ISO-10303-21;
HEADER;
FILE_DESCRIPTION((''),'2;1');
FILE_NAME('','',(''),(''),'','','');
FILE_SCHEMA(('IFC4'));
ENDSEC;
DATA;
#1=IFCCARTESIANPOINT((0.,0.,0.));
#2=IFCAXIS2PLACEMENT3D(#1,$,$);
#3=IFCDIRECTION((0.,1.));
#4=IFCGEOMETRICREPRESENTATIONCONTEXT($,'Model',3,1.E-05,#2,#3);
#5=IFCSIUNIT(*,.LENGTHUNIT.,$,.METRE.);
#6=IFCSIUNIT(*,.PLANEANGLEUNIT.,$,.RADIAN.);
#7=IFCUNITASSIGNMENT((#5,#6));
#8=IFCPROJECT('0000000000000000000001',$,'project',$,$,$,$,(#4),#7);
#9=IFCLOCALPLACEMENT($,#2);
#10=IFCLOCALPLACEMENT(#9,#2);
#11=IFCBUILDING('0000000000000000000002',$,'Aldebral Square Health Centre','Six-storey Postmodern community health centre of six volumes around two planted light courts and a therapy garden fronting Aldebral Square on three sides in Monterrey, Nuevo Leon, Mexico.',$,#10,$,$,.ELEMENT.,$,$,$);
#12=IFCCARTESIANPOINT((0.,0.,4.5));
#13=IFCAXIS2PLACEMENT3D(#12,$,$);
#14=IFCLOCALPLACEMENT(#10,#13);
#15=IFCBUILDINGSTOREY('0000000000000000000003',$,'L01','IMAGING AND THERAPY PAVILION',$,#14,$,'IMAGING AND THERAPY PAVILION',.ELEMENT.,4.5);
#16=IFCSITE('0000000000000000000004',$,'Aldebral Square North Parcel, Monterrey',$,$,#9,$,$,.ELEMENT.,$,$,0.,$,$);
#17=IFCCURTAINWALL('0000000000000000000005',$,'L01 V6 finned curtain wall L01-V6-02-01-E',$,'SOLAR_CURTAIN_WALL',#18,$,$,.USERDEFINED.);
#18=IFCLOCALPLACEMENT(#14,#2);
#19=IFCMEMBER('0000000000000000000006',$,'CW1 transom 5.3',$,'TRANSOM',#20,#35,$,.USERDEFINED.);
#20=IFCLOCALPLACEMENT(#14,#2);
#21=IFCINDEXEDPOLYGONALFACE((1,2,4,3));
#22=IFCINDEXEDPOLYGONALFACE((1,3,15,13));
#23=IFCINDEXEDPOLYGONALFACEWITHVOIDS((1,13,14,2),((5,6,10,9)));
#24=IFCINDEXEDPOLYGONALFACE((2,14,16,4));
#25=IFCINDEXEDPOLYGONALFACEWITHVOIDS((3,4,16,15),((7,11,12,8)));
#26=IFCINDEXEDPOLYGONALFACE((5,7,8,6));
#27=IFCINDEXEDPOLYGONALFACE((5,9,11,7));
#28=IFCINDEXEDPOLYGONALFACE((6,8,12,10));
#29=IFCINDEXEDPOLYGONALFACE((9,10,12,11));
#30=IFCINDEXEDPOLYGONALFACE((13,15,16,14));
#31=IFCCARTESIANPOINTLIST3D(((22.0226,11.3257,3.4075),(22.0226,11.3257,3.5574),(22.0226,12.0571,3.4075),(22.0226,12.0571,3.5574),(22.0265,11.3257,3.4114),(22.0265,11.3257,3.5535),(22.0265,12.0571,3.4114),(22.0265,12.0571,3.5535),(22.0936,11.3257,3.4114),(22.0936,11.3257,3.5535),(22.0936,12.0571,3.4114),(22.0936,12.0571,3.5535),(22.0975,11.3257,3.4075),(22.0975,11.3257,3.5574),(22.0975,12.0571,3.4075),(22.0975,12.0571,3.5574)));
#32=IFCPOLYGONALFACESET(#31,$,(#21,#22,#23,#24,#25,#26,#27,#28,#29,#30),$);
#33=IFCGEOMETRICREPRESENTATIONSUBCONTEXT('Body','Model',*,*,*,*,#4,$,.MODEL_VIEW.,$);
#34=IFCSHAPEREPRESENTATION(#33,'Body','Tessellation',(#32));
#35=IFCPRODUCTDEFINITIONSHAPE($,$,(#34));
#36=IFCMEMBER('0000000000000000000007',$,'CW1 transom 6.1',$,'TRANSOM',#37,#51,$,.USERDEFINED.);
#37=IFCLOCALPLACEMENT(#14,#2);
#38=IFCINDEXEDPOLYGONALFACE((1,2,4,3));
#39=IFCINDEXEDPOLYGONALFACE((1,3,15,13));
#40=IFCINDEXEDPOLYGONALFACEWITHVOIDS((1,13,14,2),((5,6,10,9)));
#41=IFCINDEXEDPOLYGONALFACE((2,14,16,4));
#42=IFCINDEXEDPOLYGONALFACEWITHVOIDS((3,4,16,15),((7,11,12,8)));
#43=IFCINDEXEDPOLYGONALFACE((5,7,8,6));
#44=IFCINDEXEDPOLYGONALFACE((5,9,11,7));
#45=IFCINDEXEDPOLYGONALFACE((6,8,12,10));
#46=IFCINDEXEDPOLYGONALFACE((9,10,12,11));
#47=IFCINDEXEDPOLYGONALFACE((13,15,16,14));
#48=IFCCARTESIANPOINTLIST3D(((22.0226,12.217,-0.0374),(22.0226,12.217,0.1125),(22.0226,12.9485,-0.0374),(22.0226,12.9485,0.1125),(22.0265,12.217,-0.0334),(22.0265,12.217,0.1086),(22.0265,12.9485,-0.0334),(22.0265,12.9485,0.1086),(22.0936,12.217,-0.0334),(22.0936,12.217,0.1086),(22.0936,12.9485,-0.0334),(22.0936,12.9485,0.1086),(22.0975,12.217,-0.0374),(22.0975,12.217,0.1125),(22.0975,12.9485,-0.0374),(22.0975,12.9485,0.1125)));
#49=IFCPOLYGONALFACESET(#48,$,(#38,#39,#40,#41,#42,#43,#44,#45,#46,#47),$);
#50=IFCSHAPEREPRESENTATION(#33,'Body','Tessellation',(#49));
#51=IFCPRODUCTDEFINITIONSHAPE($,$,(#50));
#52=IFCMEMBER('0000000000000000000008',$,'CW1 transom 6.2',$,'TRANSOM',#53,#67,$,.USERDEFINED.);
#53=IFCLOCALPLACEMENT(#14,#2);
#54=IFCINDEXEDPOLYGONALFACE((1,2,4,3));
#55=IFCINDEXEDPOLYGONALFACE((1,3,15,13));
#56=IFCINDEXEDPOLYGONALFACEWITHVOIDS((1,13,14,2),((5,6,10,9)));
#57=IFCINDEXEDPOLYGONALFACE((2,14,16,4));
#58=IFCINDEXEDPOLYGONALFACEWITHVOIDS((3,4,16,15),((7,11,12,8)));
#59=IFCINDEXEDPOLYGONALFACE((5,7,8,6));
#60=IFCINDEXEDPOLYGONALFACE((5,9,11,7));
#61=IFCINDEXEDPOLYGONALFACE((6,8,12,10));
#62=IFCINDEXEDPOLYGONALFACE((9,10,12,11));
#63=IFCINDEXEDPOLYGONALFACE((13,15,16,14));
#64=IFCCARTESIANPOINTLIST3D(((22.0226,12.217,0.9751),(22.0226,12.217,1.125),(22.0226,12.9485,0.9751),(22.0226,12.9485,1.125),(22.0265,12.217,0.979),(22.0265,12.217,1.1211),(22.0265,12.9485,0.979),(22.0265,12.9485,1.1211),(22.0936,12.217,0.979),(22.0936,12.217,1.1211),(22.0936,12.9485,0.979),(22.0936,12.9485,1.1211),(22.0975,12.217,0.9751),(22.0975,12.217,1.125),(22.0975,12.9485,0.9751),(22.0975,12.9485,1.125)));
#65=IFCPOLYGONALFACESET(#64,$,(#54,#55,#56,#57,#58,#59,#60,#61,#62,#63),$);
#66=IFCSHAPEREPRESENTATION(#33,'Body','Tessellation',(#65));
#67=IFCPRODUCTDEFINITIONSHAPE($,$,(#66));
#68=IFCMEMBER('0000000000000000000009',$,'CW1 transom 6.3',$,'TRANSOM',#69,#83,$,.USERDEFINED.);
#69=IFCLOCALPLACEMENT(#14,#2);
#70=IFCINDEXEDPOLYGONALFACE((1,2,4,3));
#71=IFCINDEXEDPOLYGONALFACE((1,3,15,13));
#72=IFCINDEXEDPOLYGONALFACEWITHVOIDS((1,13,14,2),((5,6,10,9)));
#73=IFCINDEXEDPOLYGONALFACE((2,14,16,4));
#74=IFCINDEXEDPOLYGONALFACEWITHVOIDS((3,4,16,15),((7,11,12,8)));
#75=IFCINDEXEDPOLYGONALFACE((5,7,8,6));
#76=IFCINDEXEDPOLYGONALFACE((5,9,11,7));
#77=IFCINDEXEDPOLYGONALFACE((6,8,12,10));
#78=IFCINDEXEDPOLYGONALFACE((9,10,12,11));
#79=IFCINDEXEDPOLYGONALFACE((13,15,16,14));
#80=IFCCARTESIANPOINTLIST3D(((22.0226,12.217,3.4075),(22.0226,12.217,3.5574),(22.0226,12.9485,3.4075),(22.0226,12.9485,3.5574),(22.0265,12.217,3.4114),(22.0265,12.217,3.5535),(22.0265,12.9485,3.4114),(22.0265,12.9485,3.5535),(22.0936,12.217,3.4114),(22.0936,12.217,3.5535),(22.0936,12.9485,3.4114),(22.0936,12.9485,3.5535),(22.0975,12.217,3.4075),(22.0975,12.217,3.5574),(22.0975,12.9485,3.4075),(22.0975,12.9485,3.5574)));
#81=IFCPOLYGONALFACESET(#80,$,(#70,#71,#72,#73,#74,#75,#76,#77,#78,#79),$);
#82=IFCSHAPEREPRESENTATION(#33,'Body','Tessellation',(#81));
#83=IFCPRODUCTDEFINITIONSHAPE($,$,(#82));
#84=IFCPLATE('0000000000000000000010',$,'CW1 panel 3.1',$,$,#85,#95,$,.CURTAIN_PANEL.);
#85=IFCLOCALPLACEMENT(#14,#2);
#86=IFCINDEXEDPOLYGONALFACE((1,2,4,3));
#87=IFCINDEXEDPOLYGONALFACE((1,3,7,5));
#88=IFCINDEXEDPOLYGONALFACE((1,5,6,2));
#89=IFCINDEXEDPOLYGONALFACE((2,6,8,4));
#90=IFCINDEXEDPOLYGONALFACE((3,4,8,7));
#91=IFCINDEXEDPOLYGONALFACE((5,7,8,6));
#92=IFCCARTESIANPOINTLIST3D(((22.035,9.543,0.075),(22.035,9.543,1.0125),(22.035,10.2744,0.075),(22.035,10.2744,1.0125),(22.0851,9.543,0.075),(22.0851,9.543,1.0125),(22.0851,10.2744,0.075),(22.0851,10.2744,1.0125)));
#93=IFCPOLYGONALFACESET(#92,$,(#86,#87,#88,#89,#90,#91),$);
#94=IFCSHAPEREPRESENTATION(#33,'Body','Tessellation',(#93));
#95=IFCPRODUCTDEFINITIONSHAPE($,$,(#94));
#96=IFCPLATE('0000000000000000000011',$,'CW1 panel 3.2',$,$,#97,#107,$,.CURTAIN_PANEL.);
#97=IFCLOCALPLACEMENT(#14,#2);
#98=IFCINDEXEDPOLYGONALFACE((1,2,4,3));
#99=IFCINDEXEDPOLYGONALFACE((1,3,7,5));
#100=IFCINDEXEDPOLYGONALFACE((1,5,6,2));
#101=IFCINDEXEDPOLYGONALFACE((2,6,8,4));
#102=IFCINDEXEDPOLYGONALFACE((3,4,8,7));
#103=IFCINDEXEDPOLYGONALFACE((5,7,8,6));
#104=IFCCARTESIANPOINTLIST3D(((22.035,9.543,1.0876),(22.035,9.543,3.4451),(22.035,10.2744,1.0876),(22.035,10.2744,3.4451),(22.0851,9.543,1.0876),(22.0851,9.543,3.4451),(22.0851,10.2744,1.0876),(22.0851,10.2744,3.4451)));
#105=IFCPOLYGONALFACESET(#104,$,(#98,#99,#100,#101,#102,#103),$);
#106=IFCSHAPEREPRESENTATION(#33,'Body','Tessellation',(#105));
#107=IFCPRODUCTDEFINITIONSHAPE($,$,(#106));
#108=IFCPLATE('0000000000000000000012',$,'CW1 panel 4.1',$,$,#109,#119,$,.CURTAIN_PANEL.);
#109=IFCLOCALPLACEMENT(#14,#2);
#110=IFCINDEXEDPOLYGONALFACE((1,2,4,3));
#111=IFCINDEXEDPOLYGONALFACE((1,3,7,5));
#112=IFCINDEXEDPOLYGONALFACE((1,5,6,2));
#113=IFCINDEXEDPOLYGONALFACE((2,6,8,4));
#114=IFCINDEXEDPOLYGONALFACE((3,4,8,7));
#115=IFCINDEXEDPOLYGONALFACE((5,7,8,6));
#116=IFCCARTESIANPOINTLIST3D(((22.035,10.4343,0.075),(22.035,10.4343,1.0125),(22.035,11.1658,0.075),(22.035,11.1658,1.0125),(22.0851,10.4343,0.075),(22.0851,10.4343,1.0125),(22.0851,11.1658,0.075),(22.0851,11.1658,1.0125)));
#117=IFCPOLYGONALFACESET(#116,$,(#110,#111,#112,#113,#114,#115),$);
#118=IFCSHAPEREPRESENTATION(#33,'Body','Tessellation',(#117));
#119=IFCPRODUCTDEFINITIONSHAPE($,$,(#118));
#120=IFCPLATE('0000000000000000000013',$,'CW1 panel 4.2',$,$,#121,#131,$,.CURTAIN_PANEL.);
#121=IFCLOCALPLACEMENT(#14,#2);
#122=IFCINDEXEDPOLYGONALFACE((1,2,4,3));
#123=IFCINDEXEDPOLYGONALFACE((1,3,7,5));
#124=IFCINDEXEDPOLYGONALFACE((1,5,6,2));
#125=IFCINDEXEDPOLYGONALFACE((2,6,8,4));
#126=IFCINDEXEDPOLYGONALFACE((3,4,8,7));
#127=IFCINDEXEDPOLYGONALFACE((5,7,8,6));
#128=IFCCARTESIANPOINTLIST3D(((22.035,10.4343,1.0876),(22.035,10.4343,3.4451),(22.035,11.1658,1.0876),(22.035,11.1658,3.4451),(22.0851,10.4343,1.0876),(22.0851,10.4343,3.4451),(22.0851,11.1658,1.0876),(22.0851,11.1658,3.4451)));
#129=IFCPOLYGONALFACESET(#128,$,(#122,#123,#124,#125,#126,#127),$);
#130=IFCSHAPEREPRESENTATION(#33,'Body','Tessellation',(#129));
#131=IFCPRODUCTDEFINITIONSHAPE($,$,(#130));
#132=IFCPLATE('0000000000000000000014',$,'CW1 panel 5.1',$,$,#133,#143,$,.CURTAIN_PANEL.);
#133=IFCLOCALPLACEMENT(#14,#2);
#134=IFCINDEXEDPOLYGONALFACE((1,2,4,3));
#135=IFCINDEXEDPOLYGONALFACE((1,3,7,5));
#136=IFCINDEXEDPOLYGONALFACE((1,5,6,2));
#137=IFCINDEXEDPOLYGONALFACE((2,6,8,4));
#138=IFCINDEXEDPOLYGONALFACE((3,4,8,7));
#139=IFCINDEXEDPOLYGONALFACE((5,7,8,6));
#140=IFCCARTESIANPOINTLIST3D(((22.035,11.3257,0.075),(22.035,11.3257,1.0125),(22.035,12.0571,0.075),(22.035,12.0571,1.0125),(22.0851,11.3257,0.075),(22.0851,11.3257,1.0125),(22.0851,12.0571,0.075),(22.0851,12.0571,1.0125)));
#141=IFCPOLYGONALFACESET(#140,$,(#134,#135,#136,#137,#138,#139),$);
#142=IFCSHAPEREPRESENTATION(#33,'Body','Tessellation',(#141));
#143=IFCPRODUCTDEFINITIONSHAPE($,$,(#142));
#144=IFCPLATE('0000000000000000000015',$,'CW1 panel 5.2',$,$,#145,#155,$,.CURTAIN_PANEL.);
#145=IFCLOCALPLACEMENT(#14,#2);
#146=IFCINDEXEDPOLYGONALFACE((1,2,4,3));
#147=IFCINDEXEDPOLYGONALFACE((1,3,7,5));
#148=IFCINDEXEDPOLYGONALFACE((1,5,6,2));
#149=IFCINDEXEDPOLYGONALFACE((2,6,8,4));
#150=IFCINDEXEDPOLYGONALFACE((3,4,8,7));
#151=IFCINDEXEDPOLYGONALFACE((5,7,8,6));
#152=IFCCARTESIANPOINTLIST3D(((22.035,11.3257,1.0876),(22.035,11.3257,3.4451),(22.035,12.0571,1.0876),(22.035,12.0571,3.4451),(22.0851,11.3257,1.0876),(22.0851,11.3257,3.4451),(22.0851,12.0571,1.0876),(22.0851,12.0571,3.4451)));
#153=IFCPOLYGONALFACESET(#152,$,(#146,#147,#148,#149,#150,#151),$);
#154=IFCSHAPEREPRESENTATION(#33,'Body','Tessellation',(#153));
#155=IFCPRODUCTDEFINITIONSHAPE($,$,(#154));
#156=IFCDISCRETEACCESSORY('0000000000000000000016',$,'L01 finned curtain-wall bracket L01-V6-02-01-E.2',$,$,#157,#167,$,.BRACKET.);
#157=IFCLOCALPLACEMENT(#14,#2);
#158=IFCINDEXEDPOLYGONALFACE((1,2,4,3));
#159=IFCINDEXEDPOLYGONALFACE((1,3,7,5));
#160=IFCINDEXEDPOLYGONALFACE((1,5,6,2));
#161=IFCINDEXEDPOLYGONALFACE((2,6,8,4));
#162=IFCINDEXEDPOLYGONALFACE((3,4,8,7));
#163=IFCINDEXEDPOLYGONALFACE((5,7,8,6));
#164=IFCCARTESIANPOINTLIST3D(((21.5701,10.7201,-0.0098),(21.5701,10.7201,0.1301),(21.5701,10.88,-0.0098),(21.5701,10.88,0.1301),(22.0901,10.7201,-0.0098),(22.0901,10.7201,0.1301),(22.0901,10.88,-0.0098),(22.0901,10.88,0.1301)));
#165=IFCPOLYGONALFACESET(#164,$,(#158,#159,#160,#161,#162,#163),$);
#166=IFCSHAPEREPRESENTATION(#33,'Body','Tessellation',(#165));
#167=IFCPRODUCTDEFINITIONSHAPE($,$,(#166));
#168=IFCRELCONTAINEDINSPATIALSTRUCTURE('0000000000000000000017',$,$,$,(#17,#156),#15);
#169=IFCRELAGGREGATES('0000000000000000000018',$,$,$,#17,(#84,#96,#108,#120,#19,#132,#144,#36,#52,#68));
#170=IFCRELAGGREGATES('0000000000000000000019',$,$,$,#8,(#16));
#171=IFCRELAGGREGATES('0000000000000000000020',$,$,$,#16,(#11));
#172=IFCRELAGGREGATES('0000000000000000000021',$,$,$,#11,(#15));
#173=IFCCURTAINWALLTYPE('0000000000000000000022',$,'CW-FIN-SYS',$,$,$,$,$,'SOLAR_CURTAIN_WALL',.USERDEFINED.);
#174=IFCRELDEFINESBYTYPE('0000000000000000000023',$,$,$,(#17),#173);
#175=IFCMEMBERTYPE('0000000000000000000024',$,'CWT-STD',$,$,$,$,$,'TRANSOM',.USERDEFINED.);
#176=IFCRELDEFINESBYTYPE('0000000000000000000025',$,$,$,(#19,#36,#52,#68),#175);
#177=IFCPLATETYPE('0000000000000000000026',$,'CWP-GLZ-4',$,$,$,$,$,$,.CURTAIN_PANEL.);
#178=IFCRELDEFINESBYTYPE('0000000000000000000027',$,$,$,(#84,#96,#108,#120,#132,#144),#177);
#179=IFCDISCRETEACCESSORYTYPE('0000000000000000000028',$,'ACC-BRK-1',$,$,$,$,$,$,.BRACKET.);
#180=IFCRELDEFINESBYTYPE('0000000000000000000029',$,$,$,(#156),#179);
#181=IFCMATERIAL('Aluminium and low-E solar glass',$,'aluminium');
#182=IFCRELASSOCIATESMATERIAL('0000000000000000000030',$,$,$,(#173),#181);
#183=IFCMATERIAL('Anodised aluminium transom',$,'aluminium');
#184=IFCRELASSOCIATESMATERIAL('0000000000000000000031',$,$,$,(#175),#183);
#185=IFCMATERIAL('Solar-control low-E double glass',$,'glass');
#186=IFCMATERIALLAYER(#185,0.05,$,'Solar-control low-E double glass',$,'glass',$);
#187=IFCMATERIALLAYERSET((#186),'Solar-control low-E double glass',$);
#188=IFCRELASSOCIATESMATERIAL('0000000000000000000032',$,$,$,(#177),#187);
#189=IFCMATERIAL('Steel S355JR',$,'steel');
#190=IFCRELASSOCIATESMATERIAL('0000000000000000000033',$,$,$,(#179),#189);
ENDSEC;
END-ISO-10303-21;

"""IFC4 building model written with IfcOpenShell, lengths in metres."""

from ifc_helpers import new_model, si_unit, direction, frame, origin, origin_2d, place, context, subcontext, project, spatial, rectangle, hollow_rectangle, extrude, material, layer, layer_set, material_profile, profile_set, type_object, element, aggregate, save


model = new_model("IFC4")

# Units and contexts
model_context = context("Model", 3, precision=1e-05, world=origin(), true_north=direction((0.0, 1.0)))
body_context = subcontext(model_context, "Body", "Model", "MODEL_VIEW")
ifc_project = project(units=[si_unit("LENGTHUNIT", "METRE"), si_unit("PLANEANGLEUNIT", "RADIAN")], contexts=[model_context])

# Site, building, storey
site_placement = place(None, origin())
site = spatial("IfcSite", under=ifc_project, at=site_placement, Name="Aldebral Square North Parcel, Monterrey", CompositionType="ELEMENT", RefElevation=0.0)
building_placement = place(site_placement, origin())
building = spatial("IfcBuilding", under=site, at=building_placement, Name="Aldebral Square Health Centre", Description="Six-storey Postmodern community health centre of six volumes around two planted light courts and a therapy garden fronting Aldebral Square on three sides in Monterrey, Nuevo Leon, Mexico.", CompositionType="ELEMENT")
storey_placement = place(building_placement, frame((0.0, 0.0, 4.5)))
storey = spatial("IfcBuildingStorey", under=building, at=storey_placement, Name="L01", Description="IMAGING AND THERAPY PAVILION", LongName="IMAGING AND THERAPY PAVILION", CompositionType="ELEMENT", Elevation=4.5)

# Curtain wall, members, plates
ifc_material_1 = material(Name="Aluminium and low-E solar glass", Category="aluminium")
curtain_wall_type = type_object("IfcCurtainWallType", Name="CW-FIN-SYS", ElementType="SOLAR_CURTAIN_WALL", PredefinedType="USERDEFINED", material=ifc_material_1)
curtain_wall_placement = place(storey_placement, origin())
curtain_wall = element("IfcCurtainWall", 1, at=curtain_wall_placement, inside=storey, type_object=curtain_wall_type, Name="L01 V6 finned curtain wall L01-V6-02-01-E", ObjectType="SOLAR_CURTAIN_WALL", PredefinedType="USERDEFINED")
ifc_material_2 = material(Name="Anodised aluminium transom", Category="aluminium")
ifc_material_profile_1 = material_profile(ifc_material_2, hollow_rectangle(XDim=0.075, YDim=0.1499, WallThickness=0.0039, at=origin_2d()), Name="CWT 75x150x4")
ifc_profile_set_1 = profile_set([ifc_material_profile_1], Name="Anodised aluminium transom")
member_type_1 = type_object("IfcMemberType", Name="CWT-STD", ElementType="TRANSOM", PredefinedType="USERDEFINED", material=ifc_profile_set_1)
member_1_placement = place(storey_placement, frame((22.0601, 11.3257, 3.4824), z_axis=(0.0, 1.0, 0.0), x_axis=(-1.0, 0.0, 0.0)))
member_1 = element("IfcMember", 2, at=member_1_placement, type_object=member_type_1, Name="CW1 transom 5.3", ObjectType="TRANSOM", PredefinedType="USERDEFINED", context=body_context, shape_type="SweptSolid", body=[
    extrude(hollow_rectangle(XDim=0.075, YDim=0.1499, WallThickness=0.0039, at=origin_2d()), origin(), (0.0, 0.0, 1.0), 0.7314),
])
member_2_placement = place(storey_placement, frame((22.0601, 12.217, 0.0376), z_axis=(0.0, 1.0, 0.0), x_axis=(-1.0, 0.0, 0.0)))
member_2 = element("IfcMember", 3, at=member_2_placement, type_object=member_type_1, Name="CW1 transom 6.1", ObjectType="TRANSOM", PredefinedType="USERDEFINED", context=body_context, shape_type="SweptSolid", body=[
    extrude(hollow_rectangle(XDim=0.075, YDim=0.1499, WallThickness=0.0039, at=origin_2d()), origin(), (0.0, 0.0, 1.0), 0.7314),
])
member_3_placement = place(storey_placement, frame((22.0601, 12.217, 1.05), z_axis=(0.0, 1.0, 0.0), x_axis=(-1.0, 0.0, 0.0)))
member_3 = element("IfcMember", 4, at=member_3_placement, type_object=member_type_1, Name="CW1 transom 6.2", ObjectType="TRANSOM", PredefinedType="USERDEFINED", context=body_context, shape_type="SweptSolid", body=[
    extrude(hollow_rectangle(XDim=0.075, YDim=0.1499, WallThickness=0.0039, at=origin_2d()), origin(), (0.0, 0.0, 1.0), 0.7314),
])
member_4_placement = place(storey_placement, frame((22.0601, 12.217, 3.4824), z_axis=(0.0, 1.0, 0.0), x_axis=(-1.0, 0.0, 0.0)))
member_4 = element("IfcMember", 5, at=member_4_placement, type_object=member_type_1, Name="CW1 transom 6.3", ObjectType="TRANSOM", PredefinedType="USERDEFINED", context=body_context, shape_type="SweptSolid", body=[
    extrude(hollow_rectangle(XDim=0.075, YDim=0.1499, WallThickness=0.0039, at=origin_2d()), origin(), (0.0, 0.0, 1.0), 0.7314),
])
ifc_material_3 = material(Name="Solar-control low-E double glass", Category="glass")
ifc_layer = layer(ifc_material_3, 0.05, Name="Solar-control low-E double glass", Category="glass")
ifc_layer_set = layer_set([ifc_layer], Name="Solar-control low-E double glass")
plate_type = type_object("IfcPlateType", Name="CWP-GLZ-4", PredefinedType="CURTAIN_PANEL", material=ifc_layer_set)
plate_1_placement = place(storey_placement, frame((22.0601, 9.9087, 0.075), z_axis=(0.0, 0.0, 1.0), x_axis=(0.0, 1.0, 0.0)))
plate_1 = element("IfcPlate", 6, at=plate_1_placement, type_object=plate_type, Name="CW1 panel 3.1", PredefinedType="CURTAIN_PANEL", context=body_context, shape_type="SweptSolid", body=[
    extrude(rectangle(XDim=0.7314, YDim=0.05, at=origin_2d()), origin(), (0.0, 0.0, 1.0), 0.9375),
])
plate_2_placement = place(storey_placement, frame((22.0601, 9.9087, 1.0876), z_axis=(0.0, 0.0, 1.0), x_axis=(0.0, 1.0, 0.0)))
plate_2 = element("IfcPlate", 7, at=plate_2_placement, type_object=plate_type, Name="CW1 panel 3.2", PredefinedType="CURTAIN_PANEL", context=body_context, shape_type="SweptSolid", body=[
    extrude(rectangle(XDim=0.7314, YDim=0.05, at=origin_2d()), origin(), (0.0, 0.0, 1.0), 2.3574),
])
plate_3_placement = place(storey_placement, frame((22.0601, 10.8, 0.075), z_axis=(0.0, 0.0, 1.0), x_axis=(0.0, 1.0, 0.0)))
plate_3 = element("IfcPlate", 8, at=plate_3_placement, type_object=plate_type, Name="CW1 panel 4.1", PredefinedType="CURTAIN_PANEL", context=body_context, shape_type="SweptSolid", body=[
    extrude(rectangle(XDim=0.7314, YDim=0.05, at=origin_2d()), origin(), (0.0, 0.0, 1.0), 0.9375),
])
plate_4_placement = place(storey_placement, frame((22.0601, 10.8, 1.0876), z_axis=(0.0, 0.0, 1.0), x_axis=(0.0, 1.0, 0.0)))
plate_4 = element("IfcPlate", 9, at=plate_4_placement, type_object=plate_type, Name="CW1 panel 4.2", PredefinedType="CURTAIN_PANEL", context=body_context, shape_type="SweptSolid", body=[
    extrude(rectangle(XDim=0.7314, YDim=0.05, at=origin_2d()), origin(), (0.0, 0.0, 1.0), 2.3574),
])
plate_5_placement = place(storey_placement, frame((22.0601, 11.6914, 0.075), z_axis=(0.0, 0.0, 1.0), x_axis=(0.0, 1.0, 0.0)))
plate_5 = element("IfcPlate", 10, at=plate_5_placement, type_object=plate_type, Name="CW1 panel 5.1", PredefinedType="CURTAIN_PANEL", context=body_context, shape_type="SweptSolid", body=[
    extrude(rectangle(XDim=0.7314, YDim=0.05, at=origin_2d()), origin(), (0.0, 0.0, 1.0), 0.9375),
])
plate_6_placement = place(storey_placement, frame((22.0601, 11.6914, 1.0876), z_axis=(0.0, 0.0, 1.0), x_axis=(0.0, 1.0, 0.0)))
plate_6 = element("IfcPlate", 11, at=plate_6_placement, type_object=plate_type, Name="CW1 panel 5.2", PredefinedType="CURTAIN_PANEL", context=body_context, shape_type="SweptSolid", body=[
    extrude(rectangle(XDim=0.7314, YDim=0.05, at=origin_2d()), origin(), (0.0, 0.0, 1.0), 2.3574),
])
aggregate(curtain_wall, [plate_1, plate_2, plate_3, plate_4, member_1, plate_5, plate_6, member_2, member_3, member_4])

# Discrete accessory
ifc_material_4 = material(Name="Steel S355JR", Category="steel")
discrete_accessory_type = type_object("IfcDiscreteAccessoryType", Name="ACC-BRK-1", PredefinedType="BRACKET", material=ifc_material_4)
discrete_accessory_placement = place(storey_placement, frame((21.8301, 10.8, -0.0098), z_axis=(0.0, 0.0, 1.0), x_axis=(0.0, 1.0, 0.0)))
element("IfcDiscreteAccessory", 12, at=discrete_accessory_placement, inside=storey, type_object=discrete_accessory_type, Name="L01 finned curtain-wall bracket L01-V6-02-01-E.2", PredefinedType="BRACKET", context=body_context, shape_type="SweptSolid", body=[
    extrude(rectangle(XDim=0.1599, YDim=0.52, at=origin_2d()), origin(), (0.0, 0.0, 1.0), 0.1399),
])

save(model, "model.ifc")
